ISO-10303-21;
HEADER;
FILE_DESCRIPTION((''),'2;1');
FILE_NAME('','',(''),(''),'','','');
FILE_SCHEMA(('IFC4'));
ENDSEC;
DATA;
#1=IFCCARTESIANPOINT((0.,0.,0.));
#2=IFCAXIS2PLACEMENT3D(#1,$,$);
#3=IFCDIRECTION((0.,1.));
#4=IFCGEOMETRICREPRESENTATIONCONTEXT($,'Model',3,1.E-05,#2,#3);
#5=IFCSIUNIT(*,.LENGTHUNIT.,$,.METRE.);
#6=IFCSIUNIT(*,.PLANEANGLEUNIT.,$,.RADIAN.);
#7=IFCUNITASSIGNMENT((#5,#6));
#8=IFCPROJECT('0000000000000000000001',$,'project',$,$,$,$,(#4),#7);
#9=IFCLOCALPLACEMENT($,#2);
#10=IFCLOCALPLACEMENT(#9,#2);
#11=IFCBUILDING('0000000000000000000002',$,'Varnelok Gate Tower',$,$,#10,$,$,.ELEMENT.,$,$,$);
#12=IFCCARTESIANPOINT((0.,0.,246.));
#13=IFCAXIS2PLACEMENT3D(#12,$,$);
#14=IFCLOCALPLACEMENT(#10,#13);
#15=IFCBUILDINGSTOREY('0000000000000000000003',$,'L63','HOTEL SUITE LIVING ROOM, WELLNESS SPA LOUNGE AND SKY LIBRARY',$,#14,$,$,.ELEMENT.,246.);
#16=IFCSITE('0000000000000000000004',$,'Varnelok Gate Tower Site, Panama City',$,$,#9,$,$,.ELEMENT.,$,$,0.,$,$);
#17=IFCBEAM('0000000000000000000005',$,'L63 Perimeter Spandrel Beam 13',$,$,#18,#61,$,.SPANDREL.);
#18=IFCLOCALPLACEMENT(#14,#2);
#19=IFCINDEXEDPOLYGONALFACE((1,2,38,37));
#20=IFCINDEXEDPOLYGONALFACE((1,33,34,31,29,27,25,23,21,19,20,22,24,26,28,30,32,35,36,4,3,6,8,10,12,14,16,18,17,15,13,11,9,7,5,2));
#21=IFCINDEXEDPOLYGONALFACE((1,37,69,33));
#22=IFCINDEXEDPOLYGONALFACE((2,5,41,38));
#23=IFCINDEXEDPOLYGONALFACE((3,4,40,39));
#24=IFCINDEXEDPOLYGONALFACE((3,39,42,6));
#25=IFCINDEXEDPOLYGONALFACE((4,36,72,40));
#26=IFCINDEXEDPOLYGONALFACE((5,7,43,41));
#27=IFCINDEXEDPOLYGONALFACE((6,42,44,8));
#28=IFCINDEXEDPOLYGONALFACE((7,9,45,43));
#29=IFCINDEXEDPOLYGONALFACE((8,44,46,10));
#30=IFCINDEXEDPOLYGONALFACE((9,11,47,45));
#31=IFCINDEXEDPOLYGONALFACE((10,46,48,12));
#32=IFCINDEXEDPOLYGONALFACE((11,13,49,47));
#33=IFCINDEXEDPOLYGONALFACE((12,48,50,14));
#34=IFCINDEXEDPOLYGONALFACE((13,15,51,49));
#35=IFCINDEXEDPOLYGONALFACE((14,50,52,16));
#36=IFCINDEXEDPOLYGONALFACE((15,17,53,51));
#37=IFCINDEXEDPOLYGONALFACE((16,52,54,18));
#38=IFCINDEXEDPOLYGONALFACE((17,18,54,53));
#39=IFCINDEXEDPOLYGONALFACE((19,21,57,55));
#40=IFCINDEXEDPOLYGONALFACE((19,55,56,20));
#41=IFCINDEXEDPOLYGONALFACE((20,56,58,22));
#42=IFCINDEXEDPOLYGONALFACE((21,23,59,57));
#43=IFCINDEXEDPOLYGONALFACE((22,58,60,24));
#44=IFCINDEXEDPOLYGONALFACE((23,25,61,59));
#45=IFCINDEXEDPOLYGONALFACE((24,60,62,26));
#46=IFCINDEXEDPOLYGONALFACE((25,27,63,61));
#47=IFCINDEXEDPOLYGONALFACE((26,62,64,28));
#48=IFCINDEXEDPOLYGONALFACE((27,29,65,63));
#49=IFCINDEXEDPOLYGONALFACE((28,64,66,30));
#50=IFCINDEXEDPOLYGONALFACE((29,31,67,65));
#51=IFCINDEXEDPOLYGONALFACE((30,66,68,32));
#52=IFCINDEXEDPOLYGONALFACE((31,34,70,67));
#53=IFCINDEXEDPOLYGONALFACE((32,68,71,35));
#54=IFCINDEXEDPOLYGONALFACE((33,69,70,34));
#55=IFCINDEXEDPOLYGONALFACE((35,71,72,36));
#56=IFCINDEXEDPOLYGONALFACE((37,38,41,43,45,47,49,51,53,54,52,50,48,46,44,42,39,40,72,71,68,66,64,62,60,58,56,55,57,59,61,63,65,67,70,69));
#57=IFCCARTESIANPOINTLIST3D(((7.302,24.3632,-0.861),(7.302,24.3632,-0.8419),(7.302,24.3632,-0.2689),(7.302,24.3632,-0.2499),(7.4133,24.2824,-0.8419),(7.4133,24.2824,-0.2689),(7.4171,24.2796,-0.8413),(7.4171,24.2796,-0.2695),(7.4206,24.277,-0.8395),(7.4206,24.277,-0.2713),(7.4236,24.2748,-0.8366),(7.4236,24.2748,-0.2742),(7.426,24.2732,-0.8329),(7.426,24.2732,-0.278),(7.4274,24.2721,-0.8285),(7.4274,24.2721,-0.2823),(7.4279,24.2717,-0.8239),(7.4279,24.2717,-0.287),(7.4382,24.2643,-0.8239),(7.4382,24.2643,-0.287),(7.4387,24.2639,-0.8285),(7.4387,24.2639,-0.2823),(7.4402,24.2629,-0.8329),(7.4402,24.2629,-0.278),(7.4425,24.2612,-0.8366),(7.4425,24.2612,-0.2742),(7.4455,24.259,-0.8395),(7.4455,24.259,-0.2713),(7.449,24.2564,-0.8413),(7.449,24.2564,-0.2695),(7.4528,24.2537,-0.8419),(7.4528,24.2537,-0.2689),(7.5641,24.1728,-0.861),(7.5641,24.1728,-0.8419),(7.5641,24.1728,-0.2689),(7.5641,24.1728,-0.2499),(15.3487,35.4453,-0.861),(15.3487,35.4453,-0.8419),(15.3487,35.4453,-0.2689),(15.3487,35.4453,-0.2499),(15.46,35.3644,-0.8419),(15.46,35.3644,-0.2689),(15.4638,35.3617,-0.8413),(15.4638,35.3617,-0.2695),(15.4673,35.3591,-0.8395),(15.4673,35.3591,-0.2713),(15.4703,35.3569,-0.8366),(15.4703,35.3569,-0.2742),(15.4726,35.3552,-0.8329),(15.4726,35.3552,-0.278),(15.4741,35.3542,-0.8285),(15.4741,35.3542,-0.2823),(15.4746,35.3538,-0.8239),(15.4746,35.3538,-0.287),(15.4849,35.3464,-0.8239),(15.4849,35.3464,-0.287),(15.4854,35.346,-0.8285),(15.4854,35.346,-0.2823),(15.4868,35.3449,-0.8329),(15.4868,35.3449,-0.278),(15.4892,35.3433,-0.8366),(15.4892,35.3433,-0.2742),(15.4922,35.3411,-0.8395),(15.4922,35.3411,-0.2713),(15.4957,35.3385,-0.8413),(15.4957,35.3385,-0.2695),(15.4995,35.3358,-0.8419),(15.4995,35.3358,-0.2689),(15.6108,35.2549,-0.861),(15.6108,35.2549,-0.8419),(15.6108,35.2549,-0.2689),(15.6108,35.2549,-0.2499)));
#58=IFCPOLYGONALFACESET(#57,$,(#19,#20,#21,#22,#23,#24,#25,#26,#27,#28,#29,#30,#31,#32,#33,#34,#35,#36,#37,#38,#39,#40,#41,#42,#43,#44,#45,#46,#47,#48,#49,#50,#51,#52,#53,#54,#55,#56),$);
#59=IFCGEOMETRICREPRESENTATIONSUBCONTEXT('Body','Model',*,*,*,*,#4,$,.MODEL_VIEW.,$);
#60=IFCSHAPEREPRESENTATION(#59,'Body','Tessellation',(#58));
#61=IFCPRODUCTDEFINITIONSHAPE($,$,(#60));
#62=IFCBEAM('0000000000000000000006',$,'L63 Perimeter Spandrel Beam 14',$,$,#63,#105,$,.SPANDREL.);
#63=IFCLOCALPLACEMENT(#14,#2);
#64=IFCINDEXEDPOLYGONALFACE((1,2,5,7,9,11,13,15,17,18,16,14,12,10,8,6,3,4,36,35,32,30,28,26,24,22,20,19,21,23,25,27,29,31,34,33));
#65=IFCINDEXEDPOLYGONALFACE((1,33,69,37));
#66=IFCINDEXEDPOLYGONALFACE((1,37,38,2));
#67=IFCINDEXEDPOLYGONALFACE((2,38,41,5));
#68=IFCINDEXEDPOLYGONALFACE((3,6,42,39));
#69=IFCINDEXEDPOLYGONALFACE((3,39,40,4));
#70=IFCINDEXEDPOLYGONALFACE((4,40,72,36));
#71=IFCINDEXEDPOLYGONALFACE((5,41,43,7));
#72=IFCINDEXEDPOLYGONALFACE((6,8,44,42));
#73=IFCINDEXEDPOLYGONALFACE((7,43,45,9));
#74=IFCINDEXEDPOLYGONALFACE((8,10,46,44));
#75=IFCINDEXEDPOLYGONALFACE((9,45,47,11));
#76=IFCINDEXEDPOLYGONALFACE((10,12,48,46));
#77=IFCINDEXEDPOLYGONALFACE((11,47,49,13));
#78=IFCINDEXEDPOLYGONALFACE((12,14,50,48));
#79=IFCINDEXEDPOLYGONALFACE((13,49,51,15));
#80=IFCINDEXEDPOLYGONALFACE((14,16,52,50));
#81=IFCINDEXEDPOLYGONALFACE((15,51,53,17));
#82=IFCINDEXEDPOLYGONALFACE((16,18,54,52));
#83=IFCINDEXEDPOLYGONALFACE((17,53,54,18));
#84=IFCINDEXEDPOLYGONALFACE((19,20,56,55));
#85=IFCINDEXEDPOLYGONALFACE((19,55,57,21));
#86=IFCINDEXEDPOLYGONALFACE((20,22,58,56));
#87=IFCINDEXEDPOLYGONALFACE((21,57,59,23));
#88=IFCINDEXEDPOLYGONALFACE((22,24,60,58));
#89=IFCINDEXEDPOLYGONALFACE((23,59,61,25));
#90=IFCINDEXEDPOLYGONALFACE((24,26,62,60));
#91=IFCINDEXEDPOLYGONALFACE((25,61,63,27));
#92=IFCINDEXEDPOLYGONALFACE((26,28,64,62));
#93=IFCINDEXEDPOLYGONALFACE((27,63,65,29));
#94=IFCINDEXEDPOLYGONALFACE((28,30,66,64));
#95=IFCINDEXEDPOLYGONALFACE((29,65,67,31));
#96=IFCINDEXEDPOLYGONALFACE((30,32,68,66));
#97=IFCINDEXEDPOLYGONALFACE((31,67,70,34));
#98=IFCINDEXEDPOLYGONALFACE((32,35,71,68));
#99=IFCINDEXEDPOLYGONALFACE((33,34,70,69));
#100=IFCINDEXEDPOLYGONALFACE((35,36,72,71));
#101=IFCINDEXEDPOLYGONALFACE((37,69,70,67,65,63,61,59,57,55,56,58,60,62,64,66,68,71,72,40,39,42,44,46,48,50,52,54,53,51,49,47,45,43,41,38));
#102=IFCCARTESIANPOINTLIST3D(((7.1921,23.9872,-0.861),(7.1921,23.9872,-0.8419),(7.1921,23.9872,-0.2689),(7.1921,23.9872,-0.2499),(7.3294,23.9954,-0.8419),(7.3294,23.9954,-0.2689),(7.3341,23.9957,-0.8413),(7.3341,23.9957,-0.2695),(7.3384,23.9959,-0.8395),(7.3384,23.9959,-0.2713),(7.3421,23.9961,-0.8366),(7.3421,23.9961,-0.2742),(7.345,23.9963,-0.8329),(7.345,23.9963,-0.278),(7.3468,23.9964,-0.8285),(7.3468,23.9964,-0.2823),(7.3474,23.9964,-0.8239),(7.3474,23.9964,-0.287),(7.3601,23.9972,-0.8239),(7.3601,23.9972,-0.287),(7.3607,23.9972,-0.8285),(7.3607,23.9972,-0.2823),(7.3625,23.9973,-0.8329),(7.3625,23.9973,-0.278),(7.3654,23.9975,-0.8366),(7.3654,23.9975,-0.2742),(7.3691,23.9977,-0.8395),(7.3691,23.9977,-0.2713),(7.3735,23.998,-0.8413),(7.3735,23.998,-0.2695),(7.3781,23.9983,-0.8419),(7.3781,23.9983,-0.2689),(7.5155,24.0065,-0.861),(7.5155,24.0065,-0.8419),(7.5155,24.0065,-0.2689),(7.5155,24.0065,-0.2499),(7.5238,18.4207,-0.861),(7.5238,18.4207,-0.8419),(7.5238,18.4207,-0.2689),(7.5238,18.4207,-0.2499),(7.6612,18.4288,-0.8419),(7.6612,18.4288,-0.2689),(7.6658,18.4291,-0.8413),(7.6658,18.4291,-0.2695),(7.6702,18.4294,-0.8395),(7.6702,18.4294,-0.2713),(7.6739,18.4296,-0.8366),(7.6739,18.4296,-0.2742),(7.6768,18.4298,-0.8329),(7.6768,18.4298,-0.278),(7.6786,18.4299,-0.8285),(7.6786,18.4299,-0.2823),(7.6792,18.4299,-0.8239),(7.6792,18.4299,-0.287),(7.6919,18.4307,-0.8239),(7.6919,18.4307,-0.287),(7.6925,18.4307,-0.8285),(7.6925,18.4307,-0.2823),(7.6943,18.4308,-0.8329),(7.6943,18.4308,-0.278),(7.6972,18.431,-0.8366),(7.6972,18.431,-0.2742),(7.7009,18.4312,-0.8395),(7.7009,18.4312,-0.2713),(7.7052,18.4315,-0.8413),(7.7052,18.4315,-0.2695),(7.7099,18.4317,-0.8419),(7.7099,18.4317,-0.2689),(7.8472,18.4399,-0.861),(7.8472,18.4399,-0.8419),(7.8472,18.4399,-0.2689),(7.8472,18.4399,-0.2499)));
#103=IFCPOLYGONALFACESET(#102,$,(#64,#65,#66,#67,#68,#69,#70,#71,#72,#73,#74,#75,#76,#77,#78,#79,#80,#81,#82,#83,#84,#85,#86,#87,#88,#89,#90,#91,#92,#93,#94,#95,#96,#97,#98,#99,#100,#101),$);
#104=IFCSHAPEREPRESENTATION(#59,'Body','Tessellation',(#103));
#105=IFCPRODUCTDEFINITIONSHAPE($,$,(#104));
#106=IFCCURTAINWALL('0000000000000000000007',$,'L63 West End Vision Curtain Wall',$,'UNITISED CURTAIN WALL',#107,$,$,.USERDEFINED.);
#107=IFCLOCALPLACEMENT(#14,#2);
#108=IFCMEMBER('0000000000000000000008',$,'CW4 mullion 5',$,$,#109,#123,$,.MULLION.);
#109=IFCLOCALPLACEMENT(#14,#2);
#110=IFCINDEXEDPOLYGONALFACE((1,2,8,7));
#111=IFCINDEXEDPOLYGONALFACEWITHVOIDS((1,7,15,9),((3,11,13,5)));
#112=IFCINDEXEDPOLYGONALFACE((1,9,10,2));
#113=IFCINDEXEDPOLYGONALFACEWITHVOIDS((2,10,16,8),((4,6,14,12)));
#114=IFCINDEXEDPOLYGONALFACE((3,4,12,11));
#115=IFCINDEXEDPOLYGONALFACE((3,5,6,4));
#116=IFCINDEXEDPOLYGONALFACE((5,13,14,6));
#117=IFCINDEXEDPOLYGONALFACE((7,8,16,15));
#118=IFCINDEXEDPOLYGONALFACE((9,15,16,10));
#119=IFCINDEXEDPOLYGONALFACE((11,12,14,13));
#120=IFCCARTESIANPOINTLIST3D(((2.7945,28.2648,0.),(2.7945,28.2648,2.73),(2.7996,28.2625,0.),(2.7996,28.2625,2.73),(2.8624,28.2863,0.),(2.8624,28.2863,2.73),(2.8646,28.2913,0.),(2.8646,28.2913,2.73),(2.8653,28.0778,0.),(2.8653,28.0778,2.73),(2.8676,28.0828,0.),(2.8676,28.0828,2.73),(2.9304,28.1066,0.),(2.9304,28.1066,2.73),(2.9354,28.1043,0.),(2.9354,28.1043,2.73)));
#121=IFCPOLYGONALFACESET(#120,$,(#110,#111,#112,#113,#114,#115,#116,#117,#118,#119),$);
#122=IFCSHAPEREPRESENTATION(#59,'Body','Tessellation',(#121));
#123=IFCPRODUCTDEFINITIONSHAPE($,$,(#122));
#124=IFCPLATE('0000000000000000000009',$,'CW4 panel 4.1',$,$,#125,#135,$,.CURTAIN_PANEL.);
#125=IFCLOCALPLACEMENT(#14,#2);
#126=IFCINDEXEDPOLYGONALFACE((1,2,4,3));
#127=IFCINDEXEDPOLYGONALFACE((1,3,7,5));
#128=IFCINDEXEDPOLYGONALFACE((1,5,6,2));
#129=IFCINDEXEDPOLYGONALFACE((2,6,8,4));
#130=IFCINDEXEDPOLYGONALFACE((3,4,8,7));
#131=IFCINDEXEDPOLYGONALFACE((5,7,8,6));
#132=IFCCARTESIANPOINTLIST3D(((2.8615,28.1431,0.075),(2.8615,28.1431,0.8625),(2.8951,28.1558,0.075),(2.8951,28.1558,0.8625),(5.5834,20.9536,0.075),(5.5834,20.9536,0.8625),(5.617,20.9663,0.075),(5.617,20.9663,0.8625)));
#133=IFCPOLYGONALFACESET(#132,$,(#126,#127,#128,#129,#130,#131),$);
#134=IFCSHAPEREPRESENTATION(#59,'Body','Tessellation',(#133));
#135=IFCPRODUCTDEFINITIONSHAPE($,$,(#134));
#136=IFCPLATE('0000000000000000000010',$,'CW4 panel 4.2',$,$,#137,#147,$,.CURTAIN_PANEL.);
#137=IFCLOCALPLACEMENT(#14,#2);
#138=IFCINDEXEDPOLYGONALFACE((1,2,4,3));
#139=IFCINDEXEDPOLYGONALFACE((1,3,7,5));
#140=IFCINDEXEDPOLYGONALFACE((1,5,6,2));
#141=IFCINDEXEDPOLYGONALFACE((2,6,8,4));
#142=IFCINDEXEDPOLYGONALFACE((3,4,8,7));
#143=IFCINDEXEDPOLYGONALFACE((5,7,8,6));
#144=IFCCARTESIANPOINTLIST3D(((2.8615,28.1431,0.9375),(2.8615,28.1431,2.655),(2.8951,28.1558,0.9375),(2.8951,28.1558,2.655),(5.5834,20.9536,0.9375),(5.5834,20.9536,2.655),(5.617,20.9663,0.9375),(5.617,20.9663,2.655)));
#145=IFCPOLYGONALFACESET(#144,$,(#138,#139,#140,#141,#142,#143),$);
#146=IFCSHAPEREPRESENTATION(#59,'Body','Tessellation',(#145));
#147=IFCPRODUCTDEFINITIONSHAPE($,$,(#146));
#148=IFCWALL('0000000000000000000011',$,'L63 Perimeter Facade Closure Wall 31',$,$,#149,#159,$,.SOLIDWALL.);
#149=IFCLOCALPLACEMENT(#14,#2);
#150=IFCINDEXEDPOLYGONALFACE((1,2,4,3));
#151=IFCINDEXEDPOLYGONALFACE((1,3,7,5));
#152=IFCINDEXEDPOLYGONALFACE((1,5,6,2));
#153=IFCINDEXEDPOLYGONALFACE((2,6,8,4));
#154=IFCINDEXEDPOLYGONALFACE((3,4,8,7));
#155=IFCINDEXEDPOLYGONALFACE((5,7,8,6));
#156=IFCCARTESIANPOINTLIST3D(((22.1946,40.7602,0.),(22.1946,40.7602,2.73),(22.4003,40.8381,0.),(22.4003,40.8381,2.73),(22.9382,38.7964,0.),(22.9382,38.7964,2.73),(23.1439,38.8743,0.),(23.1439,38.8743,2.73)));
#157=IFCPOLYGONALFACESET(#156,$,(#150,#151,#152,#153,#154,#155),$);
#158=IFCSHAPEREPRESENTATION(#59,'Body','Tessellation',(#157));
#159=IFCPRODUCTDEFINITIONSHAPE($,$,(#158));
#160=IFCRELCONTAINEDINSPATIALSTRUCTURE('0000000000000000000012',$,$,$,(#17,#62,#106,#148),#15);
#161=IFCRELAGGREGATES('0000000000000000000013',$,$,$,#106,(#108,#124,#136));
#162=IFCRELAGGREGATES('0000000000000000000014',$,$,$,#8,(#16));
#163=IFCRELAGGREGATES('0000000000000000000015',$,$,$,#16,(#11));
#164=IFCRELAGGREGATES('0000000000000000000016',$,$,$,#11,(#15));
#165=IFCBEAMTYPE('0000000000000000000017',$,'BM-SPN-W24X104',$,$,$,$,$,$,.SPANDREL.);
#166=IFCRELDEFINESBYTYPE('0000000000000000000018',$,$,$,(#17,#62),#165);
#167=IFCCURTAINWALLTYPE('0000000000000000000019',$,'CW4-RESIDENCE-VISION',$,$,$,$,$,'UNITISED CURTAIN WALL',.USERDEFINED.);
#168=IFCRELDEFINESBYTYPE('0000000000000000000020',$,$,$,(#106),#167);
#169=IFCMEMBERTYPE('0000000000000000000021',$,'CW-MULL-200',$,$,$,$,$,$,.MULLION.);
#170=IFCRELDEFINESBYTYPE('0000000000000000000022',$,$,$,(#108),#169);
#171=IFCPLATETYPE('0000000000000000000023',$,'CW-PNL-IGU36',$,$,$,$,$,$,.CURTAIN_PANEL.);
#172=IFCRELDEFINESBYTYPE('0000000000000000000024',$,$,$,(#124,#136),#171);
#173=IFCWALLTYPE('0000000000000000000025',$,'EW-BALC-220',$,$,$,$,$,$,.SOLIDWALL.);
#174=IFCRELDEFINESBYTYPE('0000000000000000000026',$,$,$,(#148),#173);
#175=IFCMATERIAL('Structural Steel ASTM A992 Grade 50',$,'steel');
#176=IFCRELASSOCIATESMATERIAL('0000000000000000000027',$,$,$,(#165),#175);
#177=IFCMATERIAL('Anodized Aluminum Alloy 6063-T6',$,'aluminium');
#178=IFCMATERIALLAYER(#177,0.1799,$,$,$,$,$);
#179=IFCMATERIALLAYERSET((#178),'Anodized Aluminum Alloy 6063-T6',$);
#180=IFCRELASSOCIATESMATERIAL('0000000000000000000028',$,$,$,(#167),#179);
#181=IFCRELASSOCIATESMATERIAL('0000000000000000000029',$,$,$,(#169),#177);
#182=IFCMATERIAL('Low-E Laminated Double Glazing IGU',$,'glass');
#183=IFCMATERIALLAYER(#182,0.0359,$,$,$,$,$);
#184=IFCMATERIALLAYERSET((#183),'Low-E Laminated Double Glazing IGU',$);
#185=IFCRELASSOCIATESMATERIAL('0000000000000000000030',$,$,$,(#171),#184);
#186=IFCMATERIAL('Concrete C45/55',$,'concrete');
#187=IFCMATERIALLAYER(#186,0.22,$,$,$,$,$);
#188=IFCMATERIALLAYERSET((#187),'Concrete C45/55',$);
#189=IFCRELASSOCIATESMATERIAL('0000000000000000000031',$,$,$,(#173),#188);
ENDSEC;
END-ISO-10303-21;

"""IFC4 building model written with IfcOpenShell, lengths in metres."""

from ifc_helpers import new_model, si_unit, direction, frame, frame_2d, origin, origin_2d, place, context, subcontext, project, spatial, rectangle, hollow_rectangle, i_section, extrude, source, transform, mapped, material, layer, layer_set, material_profile, profile_set, type_object, element, aggregate, save


model = new_model("IFC4")

# Units and contexts
model_context = context("Model", 3, precision=1e-05, world=origin(), true_north=direction((0.0, 1.0)))
body_context = subcontext(model_context, "Body", "Model", "MODEL_VIEW")
ifc_project = project(units=[si_unit("LENGTHUNIT", "METRE"), si_unit("PLANEANGLEUNIT", "RADIAN")], contexts=[model_context])

# Site, building, storey
site_placement = place(None, origin())
site = spatial("IfcSite", under=ifc_project, at=site_placement, Name="Varnelok Gate Tower Site, Panama City", CompositionType="ELEMENT", RefElevation=0.0)
building_placement = place(site_placement, origin())
building = spatial("IfcBuilding", under=site, at=building_placement, Name="Varnelok Gate Tower", CompositionType="ELEMENT")
storey_placement = place(building_placement, frame((0.0, 0.0, 246.0)))
storey = spatial("IfcBuildingStorey", under=building, at=storey_placement, Name="L63", Description="HOTEL SUITE LIVING ROOM, WELLNESS SPA LOUNGE AND SKY LIBRARY", CompositionType="ELEMENT", Elevation=246.0)

# Shared definitions
ifc_material_1 = material(Name="Structural Steel ASTM A992 Grade 50", Category="steel")

# Beams
ifc_material_profile_1 = material_profile(ifc_material_1, i_section(OverallWidth=0.324, OverallDepth=0.6111, WebThickness=0.0127, FlangeThickness=0.019, FilletRadius=0.0181, at=origin_2d()), Name="W24X104")
ifc_profile_set_1 = profile_set([ifc_material_profile_1], Name="Structural Steel ASTM A992 Grade 50")
beam_type_1 = type_object("IfcBeamType", Name="BM-SPN-W24X104", PredefinedType="SPANDREL", material=ifc_profile_set_1)
beam_1_placement = place(storey_placement, frame((15.4797, 35.3501, -0.5554), z_axis=(-0.587549, -0.809188, 0.0), x_axis=(0.809188, -0.587549, 0.0)))
element("IfcBeam", 1, at=beam_1_placement, inside=storey, type_object=beam_type_1, Name="L63 Perimeter Spandrel Beam 13", PredefinedType="SPANDREL", context=body_context, shape_type="SweptSolid", body=[
    extrude(i_section(OverallWidth=0.324, OverallDepth=0.6111, WebThickness=0.0127, FlangeThickness=0.019, FilletRadius=0.0181, at=origin_2d()), origin(), (0.0, 0.0, 1.0), 13.6953),
])
beam_2_placement = place(storey_placement, frame((7.3538, 23.9968, -0.5554), z_axis=(0.059497, -0.998228, 0.0), x_axis=(0.998228, 0.059497, 0.0)))
element("IfcBeam", 2, at=beam_2_placement, inside=storey, type_object=beam_type_1, Name="L63 Perimeter Spandrel Beam 14", PredefinedType="SPANDREL", context=body_context, shape_type="SweptSolid", body=[
    extrude(i_section(OverallWidth=0.324, OverallDepth=0.6111, WebThickness=0.0127, FlangeThickness=0.019, FilletRadius=0.0181, at=origin_2d()), origin(), (0.0, 0.0, 1.0), 5.5764),
])

# Curtain wall, member, plates
ifc_material_2 = material(Name="Anodized Aluminum Alloy 6063-T6", Category="aluminium")
ifc_layer_1 = layer(ifc_material_2, 0.1799)
ifc_layer_set_1 = layer_set([ifc_layer_1], Name="Anodized Aluminum Alloy 6063-T6")
curtain_wall_type = type_object("IfcCurtainWallType", Name="CW4-RESIDENCE-VISION", ElementType="UNITISED CURTAIN WALL", PredefinedType="USERDEFINED", material=ifc_layer_set_1)
curtain_wall_placement = place(storey_placement, origin())
curtain_wall = element("IfcCurtainWall", 3, at=curtain_wall_placement, inside=storey, type_object=curtain_wall_type, Name="L63 West End Vision Curtain Wall", ObjectType="UNITISED CURTAIN WALL", PredefinedType="USERDEFINED")
ifc_material_profile_2 = material_profile(ifc_material_2, hollow_rectangle(XDim=0.075, YDim=0.2, WallThickness=0.0039, at=origin_2d()), Name="ALU200X75X4")
ifc_profile_set_2 = profile_set([ifc_material_profile_2], Name="Anodized Aluminum Alloy 6063-T6")
member_type = type_object("IfcMemberType", Name="CW-MULL-200", PredefinedType="MULLION", material=ifc_profile_set_2)
member_placement = place(storey_placement, frame((2.865, 28.1846, 0.0), z_axis=(0.0, 0.0, 1.0), x_axis=(-0.935222, -0.354063, 0.0)))
member = element("IfcMember", 4, at=member_placement, type_object=member_type, Name="CW4 mullion 5", PredefinedType="MULLION", context=body_context, shape_type="SweptSolid", body=[
    extrude(hollow_rectangle(XDim=0.075, YDim=0.2, WallThickness=0.0039, at=origin_2d()), origin(), (0.0, 0.0, 1.0), 2.73),
])
ifc_material_3 = material(Name="Low-E Laminated Double Glazing IGU", Category="glass")
ifc_layer_2 = layer(ifc_material_3, 0.0359)
ifc_layer_set_2 = layer_set([ifc_layer_2], Name="Low-E Laminated Double Glazing IGU")
plate_type = type_object("IfcPlateType", Name="CW-PNL-IGU36", PredefinedType="CURTAIN_PANEL", material=ifc_layer_set_2)
shared_shape_1 = source(origin(), body_context, "Body", "SweptSolid", [
    extrude(rectangle(XDim=7.6875, YDim=0.0359, at=origin_2d()), origin(), (0.0, 0.0, 1.0), 0.7876),
])
plate_1_placement = place(storey_placement, frame((4.2393, 24.5547, 0.075), z_axis=(0.0, 0.0, 1.0), x_axis=(-0.354063, 0.935222, 0.0)))
plate_1 = element("IfcPlate", 5, at=plate_1_placement, type_object=plate_type, Name="CW4 panel 4.1", PredefinedType="CURTAIN_PANEL", context=body_context, shape_type="MappedRepresentation", body=[
    mapped(shared_shape_1, transform((0.0, 0.0, 0.0), scale=1.0)),
])
shared_shape_2 = source(origin(), body_context, "Body", "SweptSolid", [
    extrude(rectangle(XDim=7.6875, YDim=0.0359, at=origin_2d()), origin(), (0.0, 0.0, 1.0), 1.7175),
])
plate_2_placement = place(storey_placement, frame((4.2393, 24.5547, 0.9375), z_axis=(0.0, 0.0, 1.0), x_axis=(-0.354063, 0.935222, 0.0)))
plate_2 = element("IfcPlate", 6, at=plate_2_placement, type_object=plate_type, Name="CW4 panel 4.2", PredefinedType="CURTAIN_PANEL", context=body_context, shape_type="MappedRepresentation", body=[
    mapped(shared_shape_2, transform((0.0, 0.0, 0.0), scale=1.0)),
])
aggregate(curtain_wall, [member, plate_1, plate_2])

# Wall
ifc_material_4 = material(Name="Concrete C45/55", Category="concrete")
ifc_layer_3 = layer(ifc_material_4, 0.22)
ifc_layer_set_3 = layer_set([ifc_layer_3], Name="Concrete C45/55")
wall_type_1 = type_object("IfcWallType", Name="EW-BALC-220", PredefinedType="SOLIDWALL", material=ifc_layer_set_3)
wall_1_placement = place(storey_placement, frame((23.041, 38.8354, 0.0), z_axis=(0.0, 0.0, 1.0), x_axis=(-0.354128, 0.935197, 0.0)))
element("IfcWall", 7, at=wall_1_placement, inside=storey, type_object=wall_type_1, Name="L63 Perimeter Facade Closure Wall 31", PredefinedType="SOLIDWALL", context=body_context, shape_type="SweptSolid", body=[
    extrude(rectangle(XDim=2.0999, YDim=0.22, at=frame_2d((1.0498, 0.0))), origin(), (0.0, 0.0, 1.0), 2.73),
])

save(model, "model.ifc")
